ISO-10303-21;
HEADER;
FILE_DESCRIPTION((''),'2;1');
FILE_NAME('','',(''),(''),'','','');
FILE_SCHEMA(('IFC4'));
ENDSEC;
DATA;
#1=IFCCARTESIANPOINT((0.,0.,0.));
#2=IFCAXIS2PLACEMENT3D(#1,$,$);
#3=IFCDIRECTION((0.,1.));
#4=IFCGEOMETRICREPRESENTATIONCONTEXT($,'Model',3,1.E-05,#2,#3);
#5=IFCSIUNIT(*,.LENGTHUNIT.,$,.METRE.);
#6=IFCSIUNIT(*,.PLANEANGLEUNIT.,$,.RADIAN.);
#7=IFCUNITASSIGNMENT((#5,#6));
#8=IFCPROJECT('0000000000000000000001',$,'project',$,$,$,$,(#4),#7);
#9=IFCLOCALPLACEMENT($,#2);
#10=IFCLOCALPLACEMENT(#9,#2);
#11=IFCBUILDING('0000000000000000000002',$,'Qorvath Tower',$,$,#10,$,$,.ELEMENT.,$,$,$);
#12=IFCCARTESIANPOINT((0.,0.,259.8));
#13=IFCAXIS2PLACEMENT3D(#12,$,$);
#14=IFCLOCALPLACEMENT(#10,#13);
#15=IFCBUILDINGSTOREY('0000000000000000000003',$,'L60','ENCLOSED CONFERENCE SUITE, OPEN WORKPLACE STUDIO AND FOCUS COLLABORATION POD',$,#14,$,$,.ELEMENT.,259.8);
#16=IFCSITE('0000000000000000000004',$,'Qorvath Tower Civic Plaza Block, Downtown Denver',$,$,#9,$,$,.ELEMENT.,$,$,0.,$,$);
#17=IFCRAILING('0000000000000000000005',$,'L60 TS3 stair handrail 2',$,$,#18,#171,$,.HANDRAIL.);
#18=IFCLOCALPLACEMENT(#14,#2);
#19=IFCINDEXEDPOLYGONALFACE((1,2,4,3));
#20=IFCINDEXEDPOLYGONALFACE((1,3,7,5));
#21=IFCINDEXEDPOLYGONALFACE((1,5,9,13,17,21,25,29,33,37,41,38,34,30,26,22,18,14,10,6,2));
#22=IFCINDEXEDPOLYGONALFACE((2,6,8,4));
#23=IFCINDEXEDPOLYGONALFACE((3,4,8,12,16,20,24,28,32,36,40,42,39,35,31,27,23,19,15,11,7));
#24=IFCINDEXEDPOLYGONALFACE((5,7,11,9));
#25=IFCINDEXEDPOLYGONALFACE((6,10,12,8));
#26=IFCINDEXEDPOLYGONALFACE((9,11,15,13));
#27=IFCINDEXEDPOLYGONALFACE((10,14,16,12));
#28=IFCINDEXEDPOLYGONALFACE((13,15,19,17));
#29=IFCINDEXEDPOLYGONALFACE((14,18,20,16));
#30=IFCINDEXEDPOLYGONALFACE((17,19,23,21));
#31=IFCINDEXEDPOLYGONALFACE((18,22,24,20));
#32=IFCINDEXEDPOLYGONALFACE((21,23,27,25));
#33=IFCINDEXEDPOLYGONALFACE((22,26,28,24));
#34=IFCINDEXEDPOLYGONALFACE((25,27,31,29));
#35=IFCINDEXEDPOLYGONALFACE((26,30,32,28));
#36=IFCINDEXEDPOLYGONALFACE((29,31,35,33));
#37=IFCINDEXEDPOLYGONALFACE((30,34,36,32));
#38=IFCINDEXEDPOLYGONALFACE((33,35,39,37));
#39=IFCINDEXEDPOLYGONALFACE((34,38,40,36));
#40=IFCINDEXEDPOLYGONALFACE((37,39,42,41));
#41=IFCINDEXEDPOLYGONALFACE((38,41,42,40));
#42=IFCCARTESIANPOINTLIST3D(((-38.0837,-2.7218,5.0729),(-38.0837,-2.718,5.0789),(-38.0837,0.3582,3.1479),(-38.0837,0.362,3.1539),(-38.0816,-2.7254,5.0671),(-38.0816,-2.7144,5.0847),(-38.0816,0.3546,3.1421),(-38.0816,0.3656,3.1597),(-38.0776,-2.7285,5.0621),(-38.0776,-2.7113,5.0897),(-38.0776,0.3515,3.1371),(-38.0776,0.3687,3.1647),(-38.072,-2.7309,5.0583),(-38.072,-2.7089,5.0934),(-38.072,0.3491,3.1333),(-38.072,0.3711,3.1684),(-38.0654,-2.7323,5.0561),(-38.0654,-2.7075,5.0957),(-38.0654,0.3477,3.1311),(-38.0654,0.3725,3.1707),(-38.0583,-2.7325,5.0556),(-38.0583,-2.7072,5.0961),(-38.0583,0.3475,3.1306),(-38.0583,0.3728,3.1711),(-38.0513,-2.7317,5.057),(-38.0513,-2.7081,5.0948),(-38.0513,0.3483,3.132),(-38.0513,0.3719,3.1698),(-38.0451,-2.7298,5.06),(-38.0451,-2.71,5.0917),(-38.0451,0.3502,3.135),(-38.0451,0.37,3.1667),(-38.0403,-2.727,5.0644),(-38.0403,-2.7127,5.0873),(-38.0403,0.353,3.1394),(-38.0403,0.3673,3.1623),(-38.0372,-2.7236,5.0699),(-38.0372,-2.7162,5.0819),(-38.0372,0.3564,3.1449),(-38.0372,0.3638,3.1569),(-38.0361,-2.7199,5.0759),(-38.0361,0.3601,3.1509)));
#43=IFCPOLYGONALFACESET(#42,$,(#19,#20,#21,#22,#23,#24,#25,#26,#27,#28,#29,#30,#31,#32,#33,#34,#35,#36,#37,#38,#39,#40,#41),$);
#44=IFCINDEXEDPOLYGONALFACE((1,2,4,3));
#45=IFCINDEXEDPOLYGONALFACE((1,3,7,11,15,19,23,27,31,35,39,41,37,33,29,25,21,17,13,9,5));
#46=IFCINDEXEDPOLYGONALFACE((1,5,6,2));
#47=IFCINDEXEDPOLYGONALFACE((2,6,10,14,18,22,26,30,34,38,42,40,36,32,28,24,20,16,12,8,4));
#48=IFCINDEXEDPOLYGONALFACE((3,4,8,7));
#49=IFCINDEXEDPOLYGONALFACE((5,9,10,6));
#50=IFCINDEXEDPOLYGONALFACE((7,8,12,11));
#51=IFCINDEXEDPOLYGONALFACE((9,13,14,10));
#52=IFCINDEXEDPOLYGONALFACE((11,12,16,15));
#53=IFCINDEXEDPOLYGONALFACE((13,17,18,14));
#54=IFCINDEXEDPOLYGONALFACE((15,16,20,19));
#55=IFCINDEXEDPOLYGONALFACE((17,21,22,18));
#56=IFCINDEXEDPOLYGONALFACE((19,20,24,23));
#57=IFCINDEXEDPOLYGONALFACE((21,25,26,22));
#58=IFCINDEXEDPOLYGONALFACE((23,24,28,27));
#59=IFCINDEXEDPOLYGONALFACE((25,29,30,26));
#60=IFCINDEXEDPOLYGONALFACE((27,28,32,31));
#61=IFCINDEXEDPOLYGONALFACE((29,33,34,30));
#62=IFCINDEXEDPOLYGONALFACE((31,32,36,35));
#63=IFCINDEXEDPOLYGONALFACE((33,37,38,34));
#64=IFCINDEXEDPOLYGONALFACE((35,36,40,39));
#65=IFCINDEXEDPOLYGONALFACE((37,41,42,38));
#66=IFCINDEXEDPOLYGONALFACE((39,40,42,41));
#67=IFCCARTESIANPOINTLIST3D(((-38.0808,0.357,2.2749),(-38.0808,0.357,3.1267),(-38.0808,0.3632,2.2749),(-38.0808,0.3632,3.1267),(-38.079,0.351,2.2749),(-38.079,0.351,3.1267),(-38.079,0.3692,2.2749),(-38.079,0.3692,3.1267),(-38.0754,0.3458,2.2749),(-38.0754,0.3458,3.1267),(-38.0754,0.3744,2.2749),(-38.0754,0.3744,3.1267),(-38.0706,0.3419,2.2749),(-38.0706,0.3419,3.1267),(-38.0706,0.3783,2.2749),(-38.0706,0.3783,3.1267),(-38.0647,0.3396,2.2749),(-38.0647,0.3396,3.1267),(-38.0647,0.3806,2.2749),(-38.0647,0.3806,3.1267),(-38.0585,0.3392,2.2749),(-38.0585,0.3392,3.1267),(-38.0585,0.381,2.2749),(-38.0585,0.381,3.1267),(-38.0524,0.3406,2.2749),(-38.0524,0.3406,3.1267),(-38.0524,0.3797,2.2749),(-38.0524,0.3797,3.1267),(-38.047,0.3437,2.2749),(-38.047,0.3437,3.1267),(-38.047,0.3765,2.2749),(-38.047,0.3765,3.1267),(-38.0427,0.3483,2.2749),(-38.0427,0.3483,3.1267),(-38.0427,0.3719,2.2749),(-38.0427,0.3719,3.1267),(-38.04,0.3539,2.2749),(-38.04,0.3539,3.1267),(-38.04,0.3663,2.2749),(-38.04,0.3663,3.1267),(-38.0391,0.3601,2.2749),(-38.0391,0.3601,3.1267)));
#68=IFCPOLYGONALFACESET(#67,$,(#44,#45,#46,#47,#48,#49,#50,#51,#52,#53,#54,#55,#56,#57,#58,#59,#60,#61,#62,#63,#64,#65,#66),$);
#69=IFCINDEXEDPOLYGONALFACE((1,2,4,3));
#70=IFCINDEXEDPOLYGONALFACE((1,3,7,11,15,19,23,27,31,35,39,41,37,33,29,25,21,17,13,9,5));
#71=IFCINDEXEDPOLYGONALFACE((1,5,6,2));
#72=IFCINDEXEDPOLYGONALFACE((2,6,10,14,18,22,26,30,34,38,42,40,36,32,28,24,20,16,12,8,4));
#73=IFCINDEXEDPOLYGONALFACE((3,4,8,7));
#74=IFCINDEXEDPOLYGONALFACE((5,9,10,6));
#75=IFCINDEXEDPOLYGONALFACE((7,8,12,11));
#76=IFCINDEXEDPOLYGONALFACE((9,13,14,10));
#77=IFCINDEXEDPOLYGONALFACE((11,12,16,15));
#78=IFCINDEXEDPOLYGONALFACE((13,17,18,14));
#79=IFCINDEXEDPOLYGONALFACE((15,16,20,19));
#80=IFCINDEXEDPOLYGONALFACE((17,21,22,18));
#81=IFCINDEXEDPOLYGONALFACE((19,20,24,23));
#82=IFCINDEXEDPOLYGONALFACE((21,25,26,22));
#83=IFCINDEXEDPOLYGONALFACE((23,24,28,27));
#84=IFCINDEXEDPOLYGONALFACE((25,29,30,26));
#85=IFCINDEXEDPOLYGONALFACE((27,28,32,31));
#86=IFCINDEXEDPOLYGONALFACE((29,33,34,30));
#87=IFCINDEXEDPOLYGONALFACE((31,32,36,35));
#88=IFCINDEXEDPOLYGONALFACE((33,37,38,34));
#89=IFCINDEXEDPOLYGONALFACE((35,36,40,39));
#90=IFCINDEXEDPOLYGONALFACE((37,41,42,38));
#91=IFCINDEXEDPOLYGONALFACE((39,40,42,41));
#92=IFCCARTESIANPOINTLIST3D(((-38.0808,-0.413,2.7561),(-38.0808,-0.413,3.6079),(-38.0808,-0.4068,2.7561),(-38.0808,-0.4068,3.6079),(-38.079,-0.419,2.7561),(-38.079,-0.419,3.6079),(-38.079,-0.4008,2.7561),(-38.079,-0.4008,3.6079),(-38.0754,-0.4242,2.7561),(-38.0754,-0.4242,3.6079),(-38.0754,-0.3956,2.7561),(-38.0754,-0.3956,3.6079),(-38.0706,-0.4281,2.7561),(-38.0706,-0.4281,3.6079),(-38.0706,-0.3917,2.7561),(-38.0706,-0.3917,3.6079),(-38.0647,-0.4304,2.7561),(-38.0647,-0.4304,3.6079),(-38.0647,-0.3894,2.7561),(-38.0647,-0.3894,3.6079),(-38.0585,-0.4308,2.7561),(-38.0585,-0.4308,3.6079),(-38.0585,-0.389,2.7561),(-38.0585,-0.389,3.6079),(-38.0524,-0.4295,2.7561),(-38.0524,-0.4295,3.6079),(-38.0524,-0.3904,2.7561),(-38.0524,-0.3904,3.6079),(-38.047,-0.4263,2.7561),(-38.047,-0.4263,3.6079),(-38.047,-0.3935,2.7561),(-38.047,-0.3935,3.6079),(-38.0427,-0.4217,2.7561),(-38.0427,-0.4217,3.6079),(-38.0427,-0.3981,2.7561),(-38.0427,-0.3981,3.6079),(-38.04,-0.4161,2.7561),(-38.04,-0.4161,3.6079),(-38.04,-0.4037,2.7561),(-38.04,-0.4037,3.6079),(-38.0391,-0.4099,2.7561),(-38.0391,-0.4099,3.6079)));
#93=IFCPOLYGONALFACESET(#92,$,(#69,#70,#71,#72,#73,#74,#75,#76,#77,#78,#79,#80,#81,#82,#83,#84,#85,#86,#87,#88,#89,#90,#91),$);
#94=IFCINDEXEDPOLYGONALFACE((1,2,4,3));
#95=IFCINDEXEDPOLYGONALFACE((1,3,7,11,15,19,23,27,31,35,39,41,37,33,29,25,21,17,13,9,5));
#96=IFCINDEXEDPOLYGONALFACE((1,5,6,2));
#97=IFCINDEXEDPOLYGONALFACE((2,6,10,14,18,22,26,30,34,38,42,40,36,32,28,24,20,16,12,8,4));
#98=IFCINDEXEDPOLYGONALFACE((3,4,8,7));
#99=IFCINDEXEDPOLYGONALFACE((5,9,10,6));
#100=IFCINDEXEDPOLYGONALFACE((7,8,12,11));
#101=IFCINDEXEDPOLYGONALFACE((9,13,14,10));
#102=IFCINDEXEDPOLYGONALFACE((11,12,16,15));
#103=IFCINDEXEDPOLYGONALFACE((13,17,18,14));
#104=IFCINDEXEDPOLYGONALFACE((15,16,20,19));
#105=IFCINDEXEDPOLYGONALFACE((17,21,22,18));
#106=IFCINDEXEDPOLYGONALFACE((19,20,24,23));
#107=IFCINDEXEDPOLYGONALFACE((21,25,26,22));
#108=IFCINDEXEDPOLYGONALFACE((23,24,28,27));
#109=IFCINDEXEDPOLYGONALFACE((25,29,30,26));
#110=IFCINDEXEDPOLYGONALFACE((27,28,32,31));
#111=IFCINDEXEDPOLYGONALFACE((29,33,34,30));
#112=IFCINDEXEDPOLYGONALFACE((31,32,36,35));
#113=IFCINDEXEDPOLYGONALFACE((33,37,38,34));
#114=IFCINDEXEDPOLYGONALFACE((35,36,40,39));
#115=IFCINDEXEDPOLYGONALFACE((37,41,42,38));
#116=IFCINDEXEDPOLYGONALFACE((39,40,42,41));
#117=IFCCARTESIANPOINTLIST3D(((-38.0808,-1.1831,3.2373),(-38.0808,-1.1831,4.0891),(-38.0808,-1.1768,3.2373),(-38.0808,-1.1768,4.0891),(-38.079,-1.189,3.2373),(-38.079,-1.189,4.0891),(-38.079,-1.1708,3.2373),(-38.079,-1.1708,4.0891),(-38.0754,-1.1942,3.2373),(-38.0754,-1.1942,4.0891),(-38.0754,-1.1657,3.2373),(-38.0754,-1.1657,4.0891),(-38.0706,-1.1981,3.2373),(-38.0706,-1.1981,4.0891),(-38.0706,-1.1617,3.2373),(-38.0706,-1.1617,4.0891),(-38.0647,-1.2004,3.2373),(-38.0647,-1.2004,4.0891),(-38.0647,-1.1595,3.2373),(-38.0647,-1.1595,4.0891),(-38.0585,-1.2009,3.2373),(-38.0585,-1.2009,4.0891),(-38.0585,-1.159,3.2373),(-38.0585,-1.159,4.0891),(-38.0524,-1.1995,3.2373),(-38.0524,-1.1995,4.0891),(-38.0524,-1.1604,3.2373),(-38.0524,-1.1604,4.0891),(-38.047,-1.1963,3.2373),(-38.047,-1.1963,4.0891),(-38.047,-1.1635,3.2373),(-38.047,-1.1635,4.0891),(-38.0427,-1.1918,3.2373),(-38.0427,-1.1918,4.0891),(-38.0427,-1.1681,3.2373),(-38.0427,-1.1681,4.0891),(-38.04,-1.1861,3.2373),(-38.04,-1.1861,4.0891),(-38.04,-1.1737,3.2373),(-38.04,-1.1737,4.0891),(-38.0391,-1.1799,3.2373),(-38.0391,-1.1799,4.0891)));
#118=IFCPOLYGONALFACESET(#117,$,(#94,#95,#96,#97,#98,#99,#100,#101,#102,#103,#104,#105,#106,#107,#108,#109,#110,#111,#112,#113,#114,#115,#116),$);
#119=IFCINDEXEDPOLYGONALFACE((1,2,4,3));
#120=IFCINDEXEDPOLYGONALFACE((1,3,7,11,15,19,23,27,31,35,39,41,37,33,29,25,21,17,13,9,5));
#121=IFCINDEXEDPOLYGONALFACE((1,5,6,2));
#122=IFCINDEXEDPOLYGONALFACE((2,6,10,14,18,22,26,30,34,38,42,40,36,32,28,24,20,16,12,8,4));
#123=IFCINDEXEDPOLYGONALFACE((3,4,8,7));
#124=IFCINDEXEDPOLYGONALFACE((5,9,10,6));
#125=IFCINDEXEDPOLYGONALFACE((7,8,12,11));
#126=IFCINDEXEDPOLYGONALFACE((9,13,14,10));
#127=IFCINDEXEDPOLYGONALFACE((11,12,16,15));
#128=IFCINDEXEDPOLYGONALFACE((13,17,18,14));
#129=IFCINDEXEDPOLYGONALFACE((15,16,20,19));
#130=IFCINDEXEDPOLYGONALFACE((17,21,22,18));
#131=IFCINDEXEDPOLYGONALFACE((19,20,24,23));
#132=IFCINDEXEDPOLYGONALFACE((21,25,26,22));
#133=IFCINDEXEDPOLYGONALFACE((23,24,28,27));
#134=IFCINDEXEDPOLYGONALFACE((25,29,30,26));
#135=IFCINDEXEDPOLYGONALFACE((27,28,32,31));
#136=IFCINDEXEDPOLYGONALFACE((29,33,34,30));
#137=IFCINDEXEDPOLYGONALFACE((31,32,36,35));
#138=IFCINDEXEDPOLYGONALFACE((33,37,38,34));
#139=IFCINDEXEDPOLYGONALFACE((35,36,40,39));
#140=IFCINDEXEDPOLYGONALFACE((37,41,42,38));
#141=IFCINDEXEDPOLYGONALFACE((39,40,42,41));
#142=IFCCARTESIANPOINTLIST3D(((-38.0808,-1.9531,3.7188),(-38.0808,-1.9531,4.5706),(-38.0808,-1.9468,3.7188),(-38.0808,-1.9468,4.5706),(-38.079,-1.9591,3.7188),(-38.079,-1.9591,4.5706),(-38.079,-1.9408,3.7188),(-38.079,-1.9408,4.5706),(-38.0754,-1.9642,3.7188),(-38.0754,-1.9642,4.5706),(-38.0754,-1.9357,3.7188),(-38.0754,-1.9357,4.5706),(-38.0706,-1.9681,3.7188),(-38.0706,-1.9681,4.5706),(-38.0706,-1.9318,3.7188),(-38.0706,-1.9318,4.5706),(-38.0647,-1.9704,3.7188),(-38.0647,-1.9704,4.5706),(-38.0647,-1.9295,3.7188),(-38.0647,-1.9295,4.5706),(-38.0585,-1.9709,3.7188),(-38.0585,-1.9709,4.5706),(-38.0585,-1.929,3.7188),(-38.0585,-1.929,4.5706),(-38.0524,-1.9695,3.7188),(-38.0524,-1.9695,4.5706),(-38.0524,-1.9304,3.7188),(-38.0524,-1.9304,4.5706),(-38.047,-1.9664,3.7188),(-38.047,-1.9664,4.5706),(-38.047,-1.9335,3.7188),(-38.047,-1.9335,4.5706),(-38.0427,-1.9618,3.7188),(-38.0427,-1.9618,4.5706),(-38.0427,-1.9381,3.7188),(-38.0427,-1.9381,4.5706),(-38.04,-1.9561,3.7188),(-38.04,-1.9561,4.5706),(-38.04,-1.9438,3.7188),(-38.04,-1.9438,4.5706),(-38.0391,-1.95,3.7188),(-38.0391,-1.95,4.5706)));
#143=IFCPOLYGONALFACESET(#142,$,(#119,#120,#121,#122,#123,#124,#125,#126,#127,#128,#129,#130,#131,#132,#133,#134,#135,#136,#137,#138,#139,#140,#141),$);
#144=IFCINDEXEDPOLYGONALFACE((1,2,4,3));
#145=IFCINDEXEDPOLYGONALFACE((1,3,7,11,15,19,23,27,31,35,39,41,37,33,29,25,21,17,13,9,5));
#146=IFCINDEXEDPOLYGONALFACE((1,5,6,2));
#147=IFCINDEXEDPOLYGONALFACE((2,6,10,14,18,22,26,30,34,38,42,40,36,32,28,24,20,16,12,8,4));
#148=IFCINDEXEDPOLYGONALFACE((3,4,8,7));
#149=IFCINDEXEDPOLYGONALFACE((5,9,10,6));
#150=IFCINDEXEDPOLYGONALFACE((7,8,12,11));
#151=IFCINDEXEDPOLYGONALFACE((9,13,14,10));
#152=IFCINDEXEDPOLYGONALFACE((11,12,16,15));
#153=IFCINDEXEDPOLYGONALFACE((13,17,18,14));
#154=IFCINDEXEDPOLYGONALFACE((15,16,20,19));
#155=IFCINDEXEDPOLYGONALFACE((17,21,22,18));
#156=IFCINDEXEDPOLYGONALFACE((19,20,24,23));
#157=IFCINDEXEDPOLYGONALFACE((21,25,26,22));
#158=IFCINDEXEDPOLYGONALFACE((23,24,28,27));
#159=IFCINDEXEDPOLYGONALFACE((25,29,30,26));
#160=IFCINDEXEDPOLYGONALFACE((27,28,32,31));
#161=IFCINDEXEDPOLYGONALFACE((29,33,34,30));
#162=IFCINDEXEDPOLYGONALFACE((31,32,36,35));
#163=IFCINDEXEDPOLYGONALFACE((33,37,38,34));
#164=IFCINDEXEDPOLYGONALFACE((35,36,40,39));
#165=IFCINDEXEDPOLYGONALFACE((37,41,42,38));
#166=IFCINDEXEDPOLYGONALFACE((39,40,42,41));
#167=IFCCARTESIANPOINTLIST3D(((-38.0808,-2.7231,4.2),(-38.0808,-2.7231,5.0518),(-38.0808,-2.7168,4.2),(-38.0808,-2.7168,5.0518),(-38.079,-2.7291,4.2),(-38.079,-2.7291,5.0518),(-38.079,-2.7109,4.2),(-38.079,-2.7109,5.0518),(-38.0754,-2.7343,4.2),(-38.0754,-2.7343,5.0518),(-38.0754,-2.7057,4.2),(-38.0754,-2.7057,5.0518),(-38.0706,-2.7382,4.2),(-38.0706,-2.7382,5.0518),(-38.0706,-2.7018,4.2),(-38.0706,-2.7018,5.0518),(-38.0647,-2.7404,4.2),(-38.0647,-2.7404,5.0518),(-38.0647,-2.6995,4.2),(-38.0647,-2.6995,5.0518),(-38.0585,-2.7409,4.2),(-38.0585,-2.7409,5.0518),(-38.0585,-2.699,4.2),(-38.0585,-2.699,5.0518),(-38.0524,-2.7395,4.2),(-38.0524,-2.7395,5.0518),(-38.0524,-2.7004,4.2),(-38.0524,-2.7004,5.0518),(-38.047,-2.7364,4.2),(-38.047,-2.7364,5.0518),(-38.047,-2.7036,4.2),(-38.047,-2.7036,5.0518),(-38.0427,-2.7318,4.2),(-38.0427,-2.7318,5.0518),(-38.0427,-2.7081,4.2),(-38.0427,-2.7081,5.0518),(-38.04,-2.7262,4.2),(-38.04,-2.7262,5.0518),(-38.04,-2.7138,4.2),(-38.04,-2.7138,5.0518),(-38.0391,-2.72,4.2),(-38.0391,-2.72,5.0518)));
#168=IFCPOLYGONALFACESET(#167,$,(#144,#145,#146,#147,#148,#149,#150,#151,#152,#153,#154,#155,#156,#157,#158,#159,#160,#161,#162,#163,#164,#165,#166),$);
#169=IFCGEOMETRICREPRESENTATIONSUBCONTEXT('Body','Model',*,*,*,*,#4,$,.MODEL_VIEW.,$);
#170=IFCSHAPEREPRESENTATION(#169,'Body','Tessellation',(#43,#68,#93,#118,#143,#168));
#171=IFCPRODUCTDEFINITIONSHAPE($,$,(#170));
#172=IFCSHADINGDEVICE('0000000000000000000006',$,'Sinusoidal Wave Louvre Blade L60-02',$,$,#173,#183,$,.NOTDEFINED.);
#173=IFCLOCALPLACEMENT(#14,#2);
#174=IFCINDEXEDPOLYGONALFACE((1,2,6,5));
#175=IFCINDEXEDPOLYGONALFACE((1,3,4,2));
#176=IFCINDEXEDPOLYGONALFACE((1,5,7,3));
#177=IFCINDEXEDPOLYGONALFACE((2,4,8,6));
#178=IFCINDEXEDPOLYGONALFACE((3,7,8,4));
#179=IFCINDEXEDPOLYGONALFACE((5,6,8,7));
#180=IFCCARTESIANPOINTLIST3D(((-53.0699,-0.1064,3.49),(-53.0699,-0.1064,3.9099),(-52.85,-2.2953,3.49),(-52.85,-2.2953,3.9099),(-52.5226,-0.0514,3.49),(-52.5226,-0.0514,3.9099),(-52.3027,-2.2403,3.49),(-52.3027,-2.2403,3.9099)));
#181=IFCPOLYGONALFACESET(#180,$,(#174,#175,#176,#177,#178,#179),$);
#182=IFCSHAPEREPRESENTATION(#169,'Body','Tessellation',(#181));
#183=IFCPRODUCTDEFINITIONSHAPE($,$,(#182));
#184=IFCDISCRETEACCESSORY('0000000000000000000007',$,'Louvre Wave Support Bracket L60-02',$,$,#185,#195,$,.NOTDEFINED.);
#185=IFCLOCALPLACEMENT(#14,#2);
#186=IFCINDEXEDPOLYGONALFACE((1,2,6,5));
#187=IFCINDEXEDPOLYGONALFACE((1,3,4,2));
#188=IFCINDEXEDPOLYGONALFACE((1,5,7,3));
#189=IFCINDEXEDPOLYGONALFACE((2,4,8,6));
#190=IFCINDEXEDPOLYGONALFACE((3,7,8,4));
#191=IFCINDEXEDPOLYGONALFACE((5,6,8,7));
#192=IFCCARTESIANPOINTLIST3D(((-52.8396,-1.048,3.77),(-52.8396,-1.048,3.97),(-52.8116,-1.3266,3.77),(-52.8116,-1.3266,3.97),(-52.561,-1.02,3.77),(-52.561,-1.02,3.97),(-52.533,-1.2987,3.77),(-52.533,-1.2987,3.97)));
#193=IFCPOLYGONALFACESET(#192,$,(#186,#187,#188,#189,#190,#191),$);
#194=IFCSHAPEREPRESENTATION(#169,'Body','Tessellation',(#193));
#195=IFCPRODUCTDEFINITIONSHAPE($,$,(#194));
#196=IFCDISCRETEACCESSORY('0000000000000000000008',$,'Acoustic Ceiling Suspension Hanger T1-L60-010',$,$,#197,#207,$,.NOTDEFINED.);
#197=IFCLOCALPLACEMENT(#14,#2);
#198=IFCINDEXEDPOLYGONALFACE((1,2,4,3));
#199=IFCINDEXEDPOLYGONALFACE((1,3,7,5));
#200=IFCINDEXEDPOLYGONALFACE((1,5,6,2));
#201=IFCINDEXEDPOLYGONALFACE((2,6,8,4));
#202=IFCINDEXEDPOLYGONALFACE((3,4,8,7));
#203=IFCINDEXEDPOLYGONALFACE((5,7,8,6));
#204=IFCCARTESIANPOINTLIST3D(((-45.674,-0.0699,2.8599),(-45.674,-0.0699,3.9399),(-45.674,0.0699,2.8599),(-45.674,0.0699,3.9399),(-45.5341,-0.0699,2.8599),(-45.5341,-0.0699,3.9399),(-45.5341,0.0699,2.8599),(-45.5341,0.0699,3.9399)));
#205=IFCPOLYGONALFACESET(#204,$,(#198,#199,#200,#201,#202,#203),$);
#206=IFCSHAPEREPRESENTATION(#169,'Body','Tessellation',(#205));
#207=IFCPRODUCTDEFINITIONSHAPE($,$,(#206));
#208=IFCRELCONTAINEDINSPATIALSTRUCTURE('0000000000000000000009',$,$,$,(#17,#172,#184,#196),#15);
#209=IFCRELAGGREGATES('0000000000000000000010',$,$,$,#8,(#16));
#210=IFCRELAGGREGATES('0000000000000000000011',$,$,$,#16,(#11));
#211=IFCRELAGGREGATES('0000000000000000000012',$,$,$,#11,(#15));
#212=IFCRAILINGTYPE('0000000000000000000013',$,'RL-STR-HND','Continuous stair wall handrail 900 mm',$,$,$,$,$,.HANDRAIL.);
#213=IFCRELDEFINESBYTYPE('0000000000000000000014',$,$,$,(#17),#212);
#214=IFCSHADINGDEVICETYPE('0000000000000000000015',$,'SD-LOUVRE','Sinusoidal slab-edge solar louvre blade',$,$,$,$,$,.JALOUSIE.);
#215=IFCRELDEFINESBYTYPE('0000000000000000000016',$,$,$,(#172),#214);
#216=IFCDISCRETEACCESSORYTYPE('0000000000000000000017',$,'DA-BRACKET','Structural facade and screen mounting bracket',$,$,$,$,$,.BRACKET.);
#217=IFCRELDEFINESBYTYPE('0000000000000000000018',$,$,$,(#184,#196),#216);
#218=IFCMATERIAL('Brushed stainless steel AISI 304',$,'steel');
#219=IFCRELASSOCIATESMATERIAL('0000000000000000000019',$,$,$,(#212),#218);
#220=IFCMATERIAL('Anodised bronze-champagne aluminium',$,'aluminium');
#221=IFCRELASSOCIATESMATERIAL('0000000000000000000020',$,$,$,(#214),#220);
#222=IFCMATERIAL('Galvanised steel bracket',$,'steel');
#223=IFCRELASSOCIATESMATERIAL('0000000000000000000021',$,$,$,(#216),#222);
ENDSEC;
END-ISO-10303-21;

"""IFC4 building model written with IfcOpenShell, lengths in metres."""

from ifc_helpers import new_model, si_unit, direction, frame, origin, origin_2d, place, context, subcontext, project, spatial, rectangle, circle, extrude, material, type_object, element, save


model = new_model("IFC4")

# Units and contexts
model_context = context("Model", 3, precision=1e-05, world=origin(), true_north=direction((0.0, 1.0)))
body_context = subcontext(model_context, "Body", "Model", "MODEL_VIEW")
ifc_project = project(units=[si_unit("LENGTHUNIT", "METRE"), si_unit("PLANEANGLEUNIT", "RADIAN")], contexts=[model_context])

# Site, building, storey
site_placement = place(None, origin())
site = spatial("IfcSite", under=ifc_project, at=site_placement, Name="Qorvath Tower Civic Plaza Block, Downtown Denver", CompositionType="ELEMENT", RefElevation=0.0)
building_placement = place(site_placement, origin())
building = spatial("IfcBuilding", under=site, at=building_placement, Name="Qorvath Tower", CompositionType="ELEMENT")
storey_placement = place(building_placement, frame((0.0, 0.0, 259.8)))
storey = spatial("IfcBuildingStorey", under=building, at=storey_placement, Name="L60", Description="ENCLOSED CONFERENCE SUITE, OPEN WORKPLACE STUDIO AND FOCUS COLLABORATION POD", CompositionType="ELEMENT", Elevation=259.8)

# Railing
ifc_material_1 = material(Name="Brushed stainless steel AISI 304", Category="steel")
railing_type = type_object("IfcRailingType", Name="RL-STR-HND", Description="Continuous stair wall handrail 900 mm", PredefinedType="HANDRAIL", material=ifc_material_1)
railing_placement = place(storey_placement, frame((-38.0601, 0.3601, 2.2749)))
element("IfcRailing", 1, at=railing_placement, inside=storey, type_object=railing_type, Name="L60 TS3 stair handrail 2", PredefinedType="HANDRAIL", context=body_context, shape_type="SweptSolid", body=[
    extrude(circle(Radius=0.0239, at=origin_2d()), frame((0.0, 0.0, 0.876), z_axis=(0.0, -0.847998, 0.529999), x_axis=(1.0, 0.0, 0.0)), (0.0, 0.0, 1.0), 3.6321),
    extrude(circle(Radius=0.021, at=origin_2d()), origin(), (0.0, 0.0, 1.0), 0.8518),
    extrude(circle(Radius=0.021, at=origin_2d()), frame((0.0, -0.77, 0.4812)), (0.0, 0.0, 1.0), 0.8518),
    extrude(circle(Radius=0.021, at=origin_2d()), frame((0.0, -1.54, 0.9624)), (0.0, 0.0, 1.0), 0.8518),
    extrude(circle(Radius=0.021, at=origin_2d()), frame((0.0, -2.3101, 1.4438)), (0.0, 0.0, 1.0), 0.8518),
    extrude(circle(Radius=0.021, at=origin_2d()), frame((0.0, -3.0801, 1.925)), (0.0, 0.0, 1.0), 0.8518),
])

# Shading device
ifc_material_2 = material(Name="Anodised bronze-champagne aluminium", Category="aluminium")
shading_device_type = type_object("IfcShadingDeviceType", Name="SD-LOUVRE", Description="Sinusoidal slab-edge solar louvre blade", PredefinedType="JALOUSIE", material=ifc_material_2)
shading_device_placement = place(storey_placement, frame((-52.6863, -1.1733, 3.49), z_axis=(0.0, 0.0, 1.0), x_axis=(0.099947, -0.994993, 0.0)))
element("IfcShadingDevice", 2, at=shading_device_placement, inside=storey, type_object=shading_device_type, Name="Sinusoidal Wave Louvre Blade L60-02", PredefinedType="NOTDEFINED", context=body_context, shape_type="SweptSolid", body=[
    extrude(rectangle(XDim=2.2, YDim=0.55, at=origin_2d()), origin(), (0.0, 0.0, 1.0), 0.4199),
])

# Discrete accessories
ifc_material_3 = material(Name="Galvanised steel bracket", Category="steel")
discrete_accessory_type = type_object("IfcDiscreteAccessoryType", Name="DA-BRACKET", Description="Structural facade and screen mounting bracket", PredefinedType="BRACKET", material=ifc_material_3)
discrete_accessory_1_placement = place(storey_placement, frame((-52.6863, -1.1733, 3.77), z_axis=(0.0, 0.0, 1.0), x_axis=(0.099947, -0.994993, 0.0)))
element("IfcDiscreteAccessory", 3, at=discrete_accessory_1_placement, inside=storey, type_object=discrete_accessory_type, Name="Louvre Wave Support Bracket L60-02", PredefinedType="NOTDEFINED", context=body_context, shape_type="SweptSolid", body=[
    extrude(rectangle(XDim=0.28, YDim=0.28, at=origin_2d()), origin(), (0.0, 0.0, 1.0), 0.2),
])
discrete_accessory_2_placement = place(storey_placement, frame((-45.604, 0.0, 2.8599), z_axis=(0.0, 0.0, 1.0), x_axis=(1.0, 0.0, 0.0)))
element("IfcDiscreteAccessory", 4, at=discrete_accessory_2_placement, inside=storey, type_object=discrete_accessory_type, Name="Acoustic Ceiling Suspension Hanger T1-L60-010", PredefinedType="NOTDEFINED", context=body_context, shape_type="SweptSolid", body=[
    extrude(rectangle(XDim=0.1399, YDim=0.1399, at=origin_2d()), origin(), (0.0, 0.0, 1.0), 1.0801),
])

save(model, "model.ifc")
